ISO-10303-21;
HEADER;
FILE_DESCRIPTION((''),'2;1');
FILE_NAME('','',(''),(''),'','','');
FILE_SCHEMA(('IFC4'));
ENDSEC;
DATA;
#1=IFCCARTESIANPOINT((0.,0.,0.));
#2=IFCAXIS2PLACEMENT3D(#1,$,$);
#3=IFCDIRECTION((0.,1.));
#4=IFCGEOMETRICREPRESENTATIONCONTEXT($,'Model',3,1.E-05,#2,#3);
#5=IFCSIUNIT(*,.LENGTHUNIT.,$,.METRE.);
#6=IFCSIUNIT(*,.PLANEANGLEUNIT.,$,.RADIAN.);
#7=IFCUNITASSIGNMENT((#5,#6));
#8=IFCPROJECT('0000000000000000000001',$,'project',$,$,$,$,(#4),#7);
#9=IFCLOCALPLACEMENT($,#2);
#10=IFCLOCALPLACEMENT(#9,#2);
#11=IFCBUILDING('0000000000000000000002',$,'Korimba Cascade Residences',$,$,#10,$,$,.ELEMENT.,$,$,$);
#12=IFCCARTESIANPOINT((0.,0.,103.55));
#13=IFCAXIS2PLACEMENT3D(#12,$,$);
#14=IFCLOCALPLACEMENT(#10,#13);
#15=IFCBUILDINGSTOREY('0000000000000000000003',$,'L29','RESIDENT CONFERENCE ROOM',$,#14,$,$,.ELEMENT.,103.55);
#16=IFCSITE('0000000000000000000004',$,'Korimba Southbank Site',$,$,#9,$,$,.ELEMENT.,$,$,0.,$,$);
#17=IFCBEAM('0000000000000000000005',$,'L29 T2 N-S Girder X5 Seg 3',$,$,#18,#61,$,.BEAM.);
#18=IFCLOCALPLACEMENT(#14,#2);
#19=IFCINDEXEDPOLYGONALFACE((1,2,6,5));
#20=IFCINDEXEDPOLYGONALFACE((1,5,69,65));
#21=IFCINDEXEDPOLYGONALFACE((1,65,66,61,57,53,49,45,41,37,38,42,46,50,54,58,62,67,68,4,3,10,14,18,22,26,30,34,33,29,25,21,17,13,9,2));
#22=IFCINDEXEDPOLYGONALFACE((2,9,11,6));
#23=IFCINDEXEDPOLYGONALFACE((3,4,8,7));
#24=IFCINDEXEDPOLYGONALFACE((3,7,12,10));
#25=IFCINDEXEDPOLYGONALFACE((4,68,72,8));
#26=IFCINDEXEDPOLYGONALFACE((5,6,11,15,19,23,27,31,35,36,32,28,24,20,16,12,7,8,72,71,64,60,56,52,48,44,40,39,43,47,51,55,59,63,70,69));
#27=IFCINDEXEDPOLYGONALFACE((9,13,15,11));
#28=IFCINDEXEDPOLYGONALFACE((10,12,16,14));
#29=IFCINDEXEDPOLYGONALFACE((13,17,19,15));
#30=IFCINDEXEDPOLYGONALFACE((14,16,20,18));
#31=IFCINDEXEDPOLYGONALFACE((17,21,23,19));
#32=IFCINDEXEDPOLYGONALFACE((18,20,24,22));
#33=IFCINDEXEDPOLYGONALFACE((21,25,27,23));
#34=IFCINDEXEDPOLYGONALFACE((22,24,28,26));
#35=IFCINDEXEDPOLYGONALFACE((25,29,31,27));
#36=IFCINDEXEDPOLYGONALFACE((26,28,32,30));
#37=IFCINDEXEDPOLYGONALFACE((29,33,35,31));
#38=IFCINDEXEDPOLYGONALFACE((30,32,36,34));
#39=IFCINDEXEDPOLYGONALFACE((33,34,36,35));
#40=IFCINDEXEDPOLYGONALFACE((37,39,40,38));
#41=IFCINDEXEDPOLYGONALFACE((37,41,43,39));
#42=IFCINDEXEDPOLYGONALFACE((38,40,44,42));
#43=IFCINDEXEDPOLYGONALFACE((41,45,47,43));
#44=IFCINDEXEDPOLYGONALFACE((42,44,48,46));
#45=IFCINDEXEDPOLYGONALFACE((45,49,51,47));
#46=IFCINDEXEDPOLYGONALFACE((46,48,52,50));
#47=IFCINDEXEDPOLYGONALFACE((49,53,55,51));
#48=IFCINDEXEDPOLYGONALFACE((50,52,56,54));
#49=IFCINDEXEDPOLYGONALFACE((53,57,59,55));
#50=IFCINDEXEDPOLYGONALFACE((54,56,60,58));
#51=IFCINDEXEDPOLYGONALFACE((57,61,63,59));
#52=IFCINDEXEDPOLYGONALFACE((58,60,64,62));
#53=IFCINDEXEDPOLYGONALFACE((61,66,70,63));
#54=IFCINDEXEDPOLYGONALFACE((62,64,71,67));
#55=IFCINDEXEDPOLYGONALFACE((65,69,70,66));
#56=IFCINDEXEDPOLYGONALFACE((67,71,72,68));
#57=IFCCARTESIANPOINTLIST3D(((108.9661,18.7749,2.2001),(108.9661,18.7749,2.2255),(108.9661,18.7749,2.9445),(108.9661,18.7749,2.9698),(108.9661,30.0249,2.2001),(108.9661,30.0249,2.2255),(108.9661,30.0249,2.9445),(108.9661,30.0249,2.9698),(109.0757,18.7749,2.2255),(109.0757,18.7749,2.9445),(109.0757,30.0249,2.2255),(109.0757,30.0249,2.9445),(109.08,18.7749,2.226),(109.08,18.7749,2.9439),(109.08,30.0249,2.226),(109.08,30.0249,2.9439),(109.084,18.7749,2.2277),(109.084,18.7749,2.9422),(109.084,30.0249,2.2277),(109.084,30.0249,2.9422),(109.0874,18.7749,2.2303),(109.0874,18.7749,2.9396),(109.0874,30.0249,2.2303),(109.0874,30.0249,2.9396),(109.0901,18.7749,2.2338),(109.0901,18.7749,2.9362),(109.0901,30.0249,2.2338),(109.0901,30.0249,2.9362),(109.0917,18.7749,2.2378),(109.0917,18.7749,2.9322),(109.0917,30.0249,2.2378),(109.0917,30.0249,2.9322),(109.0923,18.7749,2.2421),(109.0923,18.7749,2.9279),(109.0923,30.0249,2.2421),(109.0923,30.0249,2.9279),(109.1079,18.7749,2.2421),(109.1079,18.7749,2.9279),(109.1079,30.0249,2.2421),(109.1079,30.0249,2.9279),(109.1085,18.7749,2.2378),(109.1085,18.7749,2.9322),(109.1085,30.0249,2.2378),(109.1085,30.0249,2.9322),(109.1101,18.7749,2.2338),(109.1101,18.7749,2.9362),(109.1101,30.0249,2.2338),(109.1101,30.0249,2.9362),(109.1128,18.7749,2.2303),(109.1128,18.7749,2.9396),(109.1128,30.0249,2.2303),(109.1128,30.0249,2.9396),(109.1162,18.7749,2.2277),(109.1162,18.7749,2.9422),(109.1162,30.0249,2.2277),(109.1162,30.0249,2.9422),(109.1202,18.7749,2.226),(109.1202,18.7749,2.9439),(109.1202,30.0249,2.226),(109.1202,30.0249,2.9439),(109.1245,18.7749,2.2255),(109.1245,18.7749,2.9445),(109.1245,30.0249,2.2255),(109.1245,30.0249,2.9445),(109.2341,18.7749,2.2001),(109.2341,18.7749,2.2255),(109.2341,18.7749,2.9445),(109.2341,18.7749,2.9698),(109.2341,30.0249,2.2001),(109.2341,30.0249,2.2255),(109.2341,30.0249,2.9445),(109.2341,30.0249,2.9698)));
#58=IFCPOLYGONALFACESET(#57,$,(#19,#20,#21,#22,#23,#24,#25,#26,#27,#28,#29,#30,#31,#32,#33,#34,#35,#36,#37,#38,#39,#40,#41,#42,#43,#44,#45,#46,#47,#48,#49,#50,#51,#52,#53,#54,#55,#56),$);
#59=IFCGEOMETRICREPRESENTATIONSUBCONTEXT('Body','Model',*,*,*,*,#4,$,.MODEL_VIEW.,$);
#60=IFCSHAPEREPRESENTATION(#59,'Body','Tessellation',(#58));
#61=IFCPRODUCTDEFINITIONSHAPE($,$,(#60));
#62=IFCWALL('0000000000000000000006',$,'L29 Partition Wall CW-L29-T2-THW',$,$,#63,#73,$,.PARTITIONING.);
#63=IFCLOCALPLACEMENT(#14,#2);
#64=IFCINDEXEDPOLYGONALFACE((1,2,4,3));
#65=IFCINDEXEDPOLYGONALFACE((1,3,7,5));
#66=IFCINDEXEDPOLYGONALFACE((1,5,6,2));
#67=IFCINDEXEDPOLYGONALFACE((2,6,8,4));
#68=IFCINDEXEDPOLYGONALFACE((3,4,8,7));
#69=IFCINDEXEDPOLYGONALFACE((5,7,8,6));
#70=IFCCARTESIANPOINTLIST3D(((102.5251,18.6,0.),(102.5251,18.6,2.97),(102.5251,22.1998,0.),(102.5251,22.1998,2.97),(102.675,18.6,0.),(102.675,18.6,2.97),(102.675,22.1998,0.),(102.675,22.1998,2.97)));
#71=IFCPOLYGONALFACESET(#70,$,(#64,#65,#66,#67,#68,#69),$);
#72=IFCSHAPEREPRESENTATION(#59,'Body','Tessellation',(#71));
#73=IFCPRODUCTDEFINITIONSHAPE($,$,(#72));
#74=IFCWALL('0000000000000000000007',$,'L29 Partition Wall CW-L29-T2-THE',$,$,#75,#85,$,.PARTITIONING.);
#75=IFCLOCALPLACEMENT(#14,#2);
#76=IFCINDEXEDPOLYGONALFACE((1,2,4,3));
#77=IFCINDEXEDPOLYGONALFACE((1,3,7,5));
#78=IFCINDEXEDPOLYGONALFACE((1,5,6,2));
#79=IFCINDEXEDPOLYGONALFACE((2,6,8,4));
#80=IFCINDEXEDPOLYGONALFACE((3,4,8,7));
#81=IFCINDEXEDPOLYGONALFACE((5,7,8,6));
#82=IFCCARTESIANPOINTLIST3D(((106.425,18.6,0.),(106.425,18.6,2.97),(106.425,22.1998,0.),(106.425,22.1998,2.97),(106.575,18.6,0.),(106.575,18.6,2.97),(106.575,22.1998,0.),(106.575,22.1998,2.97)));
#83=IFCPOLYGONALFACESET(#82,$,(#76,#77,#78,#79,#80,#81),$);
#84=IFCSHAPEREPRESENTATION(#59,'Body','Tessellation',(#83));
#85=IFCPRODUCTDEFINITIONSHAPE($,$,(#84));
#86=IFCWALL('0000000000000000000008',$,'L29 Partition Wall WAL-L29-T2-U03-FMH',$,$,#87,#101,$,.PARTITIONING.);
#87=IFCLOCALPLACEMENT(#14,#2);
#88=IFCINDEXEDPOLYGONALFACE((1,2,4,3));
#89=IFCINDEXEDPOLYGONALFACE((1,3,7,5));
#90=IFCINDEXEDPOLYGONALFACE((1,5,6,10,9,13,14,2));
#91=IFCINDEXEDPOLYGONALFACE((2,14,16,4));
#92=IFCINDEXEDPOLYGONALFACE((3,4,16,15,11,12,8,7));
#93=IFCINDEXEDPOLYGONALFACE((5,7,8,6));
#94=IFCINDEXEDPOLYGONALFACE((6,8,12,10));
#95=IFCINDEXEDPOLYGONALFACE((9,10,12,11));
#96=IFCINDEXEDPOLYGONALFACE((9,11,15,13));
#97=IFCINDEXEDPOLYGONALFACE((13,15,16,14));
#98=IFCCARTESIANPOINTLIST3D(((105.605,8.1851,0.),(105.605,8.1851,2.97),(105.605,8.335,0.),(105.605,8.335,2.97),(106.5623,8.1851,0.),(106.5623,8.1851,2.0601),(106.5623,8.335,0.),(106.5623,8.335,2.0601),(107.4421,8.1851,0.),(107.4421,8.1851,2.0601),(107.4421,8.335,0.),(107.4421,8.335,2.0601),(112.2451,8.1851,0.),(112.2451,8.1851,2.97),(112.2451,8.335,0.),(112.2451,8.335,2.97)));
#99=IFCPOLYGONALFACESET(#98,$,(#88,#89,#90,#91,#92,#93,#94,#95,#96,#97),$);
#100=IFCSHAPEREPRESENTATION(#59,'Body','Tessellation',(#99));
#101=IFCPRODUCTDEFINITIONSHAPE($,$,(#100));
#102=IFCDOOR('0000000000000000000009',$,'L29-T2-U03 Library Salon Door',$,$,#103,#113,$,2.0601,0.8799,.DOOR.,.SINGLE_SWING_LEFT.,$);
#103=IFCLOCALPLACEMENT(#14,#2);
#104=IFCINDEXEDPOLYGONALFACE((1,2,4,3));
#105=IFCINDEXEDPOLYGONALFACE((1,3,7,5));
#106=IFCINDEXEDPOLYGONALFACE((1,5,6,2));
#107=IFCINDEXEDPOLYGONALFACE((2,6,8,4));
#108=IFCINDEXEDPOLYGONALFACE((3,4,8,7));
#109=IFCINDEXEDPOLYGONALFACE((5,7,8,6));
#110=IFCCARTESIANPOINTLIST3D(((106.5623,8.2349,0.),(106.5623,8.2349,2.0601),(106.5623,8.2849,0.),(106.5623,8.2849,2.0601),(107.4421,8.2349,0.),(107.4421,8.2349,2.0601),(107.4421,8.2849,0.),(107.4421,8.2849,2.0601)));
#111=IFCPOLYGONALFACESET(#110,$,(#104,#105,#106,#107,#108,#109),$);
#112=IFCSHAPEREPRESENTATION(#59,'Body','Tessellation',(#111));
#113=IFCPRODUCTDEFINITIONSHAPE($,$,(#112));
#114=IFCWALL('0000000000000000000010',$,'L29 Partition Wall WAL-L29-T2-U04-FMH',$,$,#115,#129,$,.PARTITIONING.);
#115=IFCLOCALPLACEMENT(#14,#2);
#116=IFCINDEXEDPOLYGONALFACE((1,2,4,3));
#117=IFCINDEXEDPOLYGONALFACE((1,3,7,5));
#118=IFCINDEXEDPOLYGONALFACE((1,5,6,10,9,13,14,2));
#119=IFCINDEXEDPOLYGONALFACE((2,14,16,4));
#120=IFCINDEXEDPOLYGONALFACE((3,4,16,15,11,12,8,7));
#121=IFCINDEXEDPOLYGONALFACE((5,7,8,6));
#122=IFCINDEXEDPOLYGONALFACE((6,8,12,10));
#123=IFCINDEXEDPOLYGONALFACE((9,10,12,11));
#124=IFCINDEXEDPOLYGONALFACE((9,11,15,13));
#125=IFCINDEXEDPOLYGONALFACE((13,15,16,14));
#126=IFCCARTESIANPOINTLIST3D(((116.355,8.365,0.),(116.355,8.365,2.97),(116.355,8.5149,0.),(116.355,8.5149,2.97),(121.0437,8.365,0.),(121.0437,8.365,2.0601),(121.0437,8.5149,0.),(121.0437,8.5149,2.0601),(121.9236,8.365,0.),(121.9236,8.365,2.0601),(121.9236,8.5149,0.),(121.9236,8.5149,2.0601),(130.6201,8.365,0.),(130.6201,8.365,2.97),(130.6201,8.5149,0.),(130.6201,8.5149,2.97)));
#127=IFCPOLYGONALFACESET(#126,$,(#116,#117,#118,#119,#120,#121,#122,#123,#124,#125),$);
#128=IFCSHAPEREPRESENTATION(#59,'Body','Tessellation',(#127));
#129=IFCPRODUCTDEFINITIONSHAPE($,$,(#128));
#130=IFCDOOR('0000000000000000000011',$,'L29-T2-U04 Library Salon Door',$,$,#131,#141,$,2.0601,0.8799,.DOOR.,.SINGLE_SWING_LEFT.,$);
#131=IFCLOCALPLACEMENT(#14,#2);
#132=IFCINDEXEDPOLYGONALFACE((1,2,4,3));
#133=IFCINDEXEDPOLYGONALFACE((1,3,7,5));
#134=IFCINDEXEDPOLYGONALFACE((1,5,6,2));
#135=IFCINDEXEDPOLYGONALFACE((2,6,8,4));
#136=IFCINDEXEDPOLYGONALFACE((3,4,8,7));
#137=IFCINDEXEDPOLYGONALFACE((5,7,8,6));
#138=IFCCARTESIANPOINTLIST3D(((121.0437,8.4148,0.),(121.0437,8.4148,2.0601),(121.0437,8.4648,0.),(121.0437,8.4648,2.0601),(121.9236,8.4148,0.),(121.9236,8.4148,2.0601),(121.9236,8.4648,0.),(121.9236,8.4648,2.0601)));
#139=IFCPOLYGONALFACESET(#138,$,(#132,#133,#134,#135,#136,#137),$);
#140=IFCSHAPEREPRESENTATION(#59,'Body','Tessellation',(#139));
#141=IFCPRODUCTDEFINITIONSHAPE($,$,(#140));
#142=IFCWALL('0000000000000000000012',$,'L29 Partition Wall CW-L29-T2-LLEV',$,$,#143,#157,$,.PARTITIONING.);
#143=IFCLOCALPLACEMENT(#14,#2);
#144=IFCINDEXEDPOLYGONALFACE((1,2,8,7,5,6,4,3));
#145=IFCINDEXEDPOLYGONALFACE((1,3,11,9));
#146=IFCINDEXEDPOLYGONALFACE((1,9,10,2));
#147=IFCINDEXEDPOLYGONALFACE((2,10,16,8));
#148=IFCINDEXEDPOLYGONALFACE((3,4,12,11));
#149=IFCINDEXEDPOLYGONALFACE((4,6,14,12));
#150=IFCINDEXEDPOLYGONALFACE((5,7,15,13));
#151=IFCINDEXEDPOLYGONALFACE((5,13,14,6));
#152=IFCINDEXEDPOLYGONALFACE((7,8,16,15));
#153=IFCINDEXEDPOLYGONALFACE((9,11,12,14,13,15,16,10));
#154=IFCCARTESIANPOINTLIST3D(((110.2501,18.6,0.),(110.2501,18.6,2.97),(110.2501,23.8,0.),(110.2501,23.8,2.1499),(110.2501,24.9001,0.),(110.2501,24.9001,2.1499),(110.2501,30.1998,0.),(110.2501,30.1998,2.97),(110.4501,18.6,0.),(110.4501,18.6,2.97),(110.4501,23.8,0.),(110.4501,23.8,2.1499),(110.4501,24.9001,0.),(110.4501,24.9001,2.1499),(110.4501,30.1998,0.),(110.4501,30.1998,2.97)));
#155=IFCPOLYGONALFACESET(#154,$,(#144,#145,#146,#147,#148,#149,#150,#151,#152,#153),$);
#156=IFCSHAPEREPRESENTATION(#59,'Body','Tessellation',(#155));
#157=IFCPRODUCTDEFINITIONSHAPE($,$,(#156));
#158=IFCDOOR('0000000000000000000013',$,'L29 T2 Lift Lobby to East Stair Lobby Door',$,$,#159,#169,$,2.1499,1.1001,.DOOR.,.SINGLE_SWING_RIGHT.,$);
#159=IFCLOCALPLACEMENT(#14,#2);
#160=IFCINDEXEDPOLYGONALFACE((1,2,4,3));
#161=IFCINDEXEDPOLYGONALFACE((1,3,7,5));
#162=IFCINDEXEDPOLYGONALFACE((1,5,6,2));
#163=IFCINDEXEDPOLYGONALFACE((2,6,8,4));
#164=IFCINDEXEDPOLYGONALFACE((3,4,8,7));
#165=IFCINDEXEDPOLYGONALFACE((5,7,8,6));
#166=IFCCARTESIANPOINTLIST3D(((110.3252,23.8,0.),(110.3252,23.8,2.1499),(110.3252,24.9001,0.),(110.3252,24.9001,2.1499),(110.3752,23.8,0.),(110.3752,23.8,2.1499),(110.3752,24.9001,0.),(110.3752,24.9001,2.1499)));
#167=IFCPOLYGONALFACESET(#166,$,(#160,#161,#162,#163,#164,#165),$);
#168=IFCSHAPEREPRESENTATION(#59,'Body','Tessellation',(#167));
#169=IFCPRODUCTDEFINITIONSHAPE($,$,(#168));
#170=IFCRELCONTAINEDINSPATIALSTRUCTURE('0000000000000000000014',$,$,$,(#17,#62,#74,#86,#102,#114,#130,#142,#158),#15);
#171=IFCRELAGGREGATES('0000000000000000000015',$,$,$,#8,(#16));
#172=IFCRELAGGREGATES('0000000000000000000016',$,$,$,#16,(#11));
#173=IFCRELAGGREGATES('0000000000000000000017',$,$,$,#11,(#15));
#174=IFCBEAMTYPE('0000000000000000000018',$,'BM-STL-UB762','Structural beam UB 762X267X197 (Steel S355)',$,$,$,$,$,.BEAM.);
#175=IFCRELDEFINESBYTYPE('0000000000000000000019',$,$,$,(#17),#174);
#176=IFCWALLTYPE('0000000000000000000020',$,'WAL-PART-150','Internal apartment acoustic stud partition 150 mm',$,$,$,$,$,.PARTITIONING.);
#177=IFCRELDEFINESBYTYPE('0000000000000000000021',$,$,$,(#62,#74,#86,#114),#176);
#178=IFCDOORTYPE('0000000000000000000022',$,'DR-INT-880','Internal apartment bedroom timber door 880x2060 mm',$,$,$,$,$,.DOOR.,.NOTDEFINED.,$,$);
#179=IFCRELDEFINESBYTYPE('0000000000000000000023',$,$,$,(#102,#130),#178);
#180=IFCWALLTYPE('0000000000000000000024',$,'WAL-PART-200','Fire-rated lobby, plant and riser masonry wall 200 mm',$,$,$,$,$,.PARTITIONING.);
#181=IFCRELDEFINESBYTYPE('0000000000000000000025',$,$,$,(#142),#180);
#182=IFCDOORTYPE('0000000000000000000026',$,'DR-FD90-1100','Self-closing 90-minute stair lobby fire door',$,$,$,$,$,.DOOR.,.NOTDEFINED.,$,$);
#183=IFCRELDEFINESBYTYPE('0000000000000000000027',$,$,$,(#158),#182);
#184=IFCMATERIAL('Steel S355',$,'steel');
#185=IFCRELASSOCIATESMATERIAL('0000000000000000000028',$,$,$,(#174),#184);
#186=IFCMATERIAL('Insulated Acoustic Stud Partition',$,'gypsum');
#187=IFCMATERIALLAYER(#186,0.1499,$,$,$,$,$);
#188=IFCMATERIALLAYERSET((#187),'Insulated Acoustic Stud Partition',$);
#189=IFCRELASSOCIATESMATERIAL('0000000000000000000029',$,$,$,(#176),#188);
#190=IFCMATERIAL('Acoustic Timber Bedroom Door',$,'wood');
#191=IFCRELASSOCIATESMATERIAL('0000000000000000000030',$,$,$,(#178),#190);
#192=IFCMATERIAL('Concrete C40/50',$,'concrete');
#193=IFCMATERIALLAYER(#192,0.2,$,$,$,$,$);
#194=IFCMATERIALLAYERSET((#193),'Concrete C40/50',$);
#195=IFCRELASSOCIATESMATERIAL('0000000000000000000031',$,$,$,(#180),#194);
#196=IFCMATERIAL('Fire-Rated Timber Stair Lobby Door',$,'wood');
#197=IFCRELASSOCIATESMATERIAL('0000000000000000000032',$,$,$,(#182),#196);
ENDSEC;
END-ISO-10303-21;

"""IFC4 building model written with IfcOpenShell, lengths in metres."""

from ifc_helpers import new_model, si_unit, direction, frame, frame_2d, origin, origin_2d, place, context, subcontext, project, spatial, rectangle, i_section, extrude, material, layer, layer_set, material_profile, profile_set, type_object, element, fill, save


model = new_model("IFC4")

# Units and contexts
model_context = context("Model", 3, precision=1e-05, world=origin(), true_north=direction((0.0, 1.0)))
body_context = subcontext(model_context, "Body", "Model", "MODEL_VIEW")
ifc_project = project(units=[si_unit("LENGTHUNIT", "METRE"), si_unit("PLANEANGLEUNIT", "RADIAN")], contexts=[model_context])

# Site, building, storey
site_placement = place(None, origin())
site = spatial("IfcSite", under=ifc_project, at=site_placement, Name="Korimba Southbank Site", CompositionType="ELEMENT", RefElevation=0.0)
building_placement = place(site_placement, origin())
building = spatial("IfcBuilding", under=site, at=building_placement, Name="Korimba Cascade Residences", CompositionType="ELEMENT")
storey_placement = place(building_placement, frame((0.0, 0.0, 103.55)))
storey = spatial("IfcBuildingStorey", under=building, at=storey_placement, Name="L29", Description="RESIDENT CONFERENCE ROOM", CompositionType="ELEMENT", Elevation=103.55)

# Beam
ifc_material_1 = material(Name="Steel S355", Category="steel")
ifc_material_profile_1 = material_profile(ifc_material_1, i_section(OverallWidth=0.2681, OverallDepth=0.7698, WebThickness=0.0156, FlangeThickness=0.0254, FilletRadius=0.0166, at=origin_2d()), Name="Steel S355")
ifc_profile_set_1 = profile_set([ifc_material_profile_1], Name="Steel S355")
beam_type = type_object("IfcBeamType", Name="BM-STL-UB762", Description="Structural beam UB 762X267X197 (Steel S355)", PredefinedType="BEAM", material=ifc_profile_set_1)
beam_1_placement = place(storey_placement, frame((109.1001, 18.7749, 2.585), z_axis=(0.0, 1.0, 0.0), x_axis=(-1.0, 0.0, 0.0)))
element("IfcBeam", 1, at=beam_1_placement, inside=storey, type_object=beam_type, Name="L29 T2 N-S Girder X5 Seg 3", PredefinedType="BEAM", context=body_context, shape_type="SweptSolid", body=[
    extrude(i_section(OverallWidth=0.2681, OverallDepth=0.7698, WebThickness=0.0156, FlangeThickness=0.0254, FilletRadius=0.0166, at=origin_2d()), origin(), (0.0, 0.0, 1.0), 11.25),
])

# Walls
ifc_material_2 = material(Name="Insulated Acoustic Stud Partition", Category="gypsum")
ifc_layer_1 = layer(ifc_material_2, 0.1499)
ifc_layer_set_1 = layer_set([ifc_layer_1], Name="Insulated Acoustic Stud Partition")
wall_type_1 = type_object("IfcWallType", Name="WAL-PART-150", Description="Internal apartment acoustic stud partition 150 mm", PredefinedType="PARTITIONING", material=ifc_layer_set_1)
for number, where, z_axis, x_axis, name in (
    (2, (102.6001, 18.6001, 0.0), (0.0, 0.0, 1.0), (0.0, 1.0, 0.0), "L29 Partition Wall CW-L29-T2-THW"),
    (3, (106.5, 18.6001, 0.0), (0.0, 0.0, 1.0), (0.0, 1.0, 0.0), "L29 Partition Wall CW-L29-T2-THE"),
):
    element("IfcWall", number, at=place(storey_placement, frame(where, z_axis=z_axis, x_axis=x_axis)), inside=storey, type_object=wall_type_1, Name=name, PredefinedType="PARTITIONING", context=body_context, shape_type="SweptSolid", body=[
        extrude(rectangle(XDim=3.5999, YDim=0.1499, at=frame_2d((1.7998, 0.0))), origin(), (0.0, 0.0, 1.0), 2.97),
    ])

# Walls, openings, doors
wall_1_placement = place(storey_placement, frame((105.605, 8.26, 0.0), z_axis=(0.0, 0.0, 1.0), x_axis=(1.0, 0.0, 0.0)))
wall_1 = element("IfcWall", 4, at=wall_1_placement, inside=storey, type_object=wall_type_1, Name="L29 Partition Wall WAL-L29-T2-U03-FMH", PredefinedType="PARTITIONING", context=body_context, shape_type="SweptSolid", body=[
    extrude(rectangle(XDim=6.6401, YDim=0.1499, at=frame_2d((3.3201, 0.0))), origin(), (0.0, 0.0, 1.0), 2.97),
])
opening_1_placement = place(wall_1_placement, frame((0.9573, 0.0, 0.0)))
opening_1 = element("IfcOpeningElement", 5, at=opening_1_placement, cuts=wall_1, PredefinedType="OPENING", context=body_context, shape_type="SweptSolid", body=[
    extrude(rectangle(XDim=0.8799, YDim=2.0601, at=frame_2d((0.4399, 1.03))), frame((0.0, 0.085, 0.0), z_axis=(0.0, -1.0, 0.0), x_axis=(1.0, 0.0, 0.0)), (0.0, 0.0, 1.0), 0.1699),
])
ifc_material_3 = material(Name="Acoustic Timber Bedroom Door", Category="wood")
door_type_1 = type_object("IfcDoorType", Name="DR-INT-880", Description="Internal apartment bedroom timber door 880x2060 mm", OperationType="NOTDEFINED", PredefinedType="DOOR", material=ifc_material_3)
door_1_placement = place(opening_1_placement, origin())
door_1 = element("IfcDoor", 6, at=door_1_placement, inside=storey, type_object=door_type_1, Name="L29-T2-U03 Library Salon Door", OperationType="SINGLE_SWING_LEFT", OverallHeight=2.0601, OverallWidth=0.8799, PredefinedType="DOOR", context=body_context, shape_type="SweptSolid", body=[
    extrude(rectangle(XDim=0.8799, YDim=2.0601, at=frame_2d((0.4399, 1.03))), frame((0.0, 0.0249, 0.0), z_axis=(0.0, -1.0, 0.0), x_axis=(1.0, 0.0, 0.0)), (0.0, 0.0, 1.0), 0.05),
])
fill(opening_1, door_1)
wall_2_placement = place(storey_placement, frame((116.355, 8.4399, 0.0), z_axis=(0.0, 0.0, 1.0), x_axis=(1.0, 0.0, 0.0)))
wall_2 = element("IfcWall", 7, at=wall_2_placement, inside=storey, type_object=wall_type_1, Name="L29 Partition Wall WAL-L29-T2-U04-FMH", PredefinedType="PARTITIONING", context=body_context, shape_type="SweptSolid", body=[
    extrude(rectangle(XDim=14.2651, YDim=0.1499, at=frame_2d((7.1326, 0.0))), origin(), (0.0, 0.0, 1.0), 2.97),
])
opening_2_placement = place(wall_2_placement, frame((4.6887, 0.0, 0.0)))
opening_2 = element("IfcOpeningElement", 8, at=opening_2_placement, cuts=wall_2, PredefinedType="OPENING", context=body_context, shape_type="SweptSolid", body=[
    extrude(rectangle(XDim=0.8799, YDim=2.0601, at=frame_2d((0.4399, 1.03))), frame((0.0, 0.085, 0.0), z_axis=(0.0, -1.0, 0.0), x_axis=(1.0, 0.0, 0.0)), (0.0, 0.0, 1.0), 0.1699),
])
door_2_placement = place(opening_2_placement, origin())
door_2 = element("IfcDoor", 9, at=door_2_placement, inside=storey, type_object=door_type_1, Name="L29-T2-U04 Library Salon Door", OperationType="SINGLE_SWING_LEFT", OverallHeight=2.0601, OverallWidth=0.8799, PredefinedType="DOOR", context=body_context, shape_type="SweptSolid", body=[
    extrude(rectangle(XDim=0.8799, YDim=2.0601, at=frame_2d((0.4399, 1.03))), frame((0.0, 0.0249, 0.0), z_axis=(0.0, -1.0, 0.0), x_axis=(1.0, 0.0, 0.0)), (0.0, 0.0, 1.0), 0.05),
])
fill(opening_2, door_2)
ifc_material_4 = material(Name="Concrete C40/50", Category="concrete")
ifc_layer_2 = layer(ifc_material_4, 0.2)
ifc_layer_set_2 = layer_set([ifc_layer_2], Name="Concrete C40/50")
wall_type_2 = type_object("IfcWallType", Name="WAL-PART-200", Description="Fire-rated lobby, plant and riser masonry wall 200 mm", PredefinedType="PARTITIONING", material=ifc_layer_set_2)
wall_3_placement = place(storey_placement, frame((110.3501, 18.6001, 0.0), z_axis=(0.0, 0.0, 1.0), x_axis=(0.0, 1.0, 0.0)))
wall_3 = element("IfcWall", 10, at=wall_3_placement, inside=storey, type_object=wall_type_2, Name="L29 Partition Wall CW-L29-T2-LLEV", PredefinedType="PARTITIONING", context=body_context, shape_type="SweptSolid", body=[
    extrude(rectangle(XDim=11.5999, YDim=0.2, at=frame_2d((5.7998, 0.0))), origin(), (0.0, 0.0, 1.0), 2.97),
])
opening_3_placement = place(wall_3_placement, frame((5.2, 0.0, 0.0)))
opening_3 = element("IfcOpeningElement", 11, at=opening_3_placement, cuts=wall_3, PredefinedType="OPENING", context=body_context, shape_type="SweptSolid", body=[
    extrude(rectangle(XDim=1.1001, YDim=2.1499, at=frame_2d((0.55, 1.075))), frame((0.0, 0.1099, 0.0), z_axis=(0.0, -1.0, 0.0), x_axis=(1.0, 0.0, 0.0)), (0.0, 0.0, 1.0), 0.22),
])
ifc_material_5 = material(Name="Fire-Rated Timber Stair Lobby Door", Category="wood")
door_type_2 = type_object("IfcDoorType", Name="DR-FD90-1100", Description="Self-closing 90-minute stair lobby fire door", OperationType="NOTDEFINED", PredefinedType="DOOR", material=ifc_material_5)
door_3_placement = place(opening_3_placement, origin())
door_3 = element("IfcDoor", 12, at=door_3_placement, inside=storey, type_object=door_type_2, Name="L29 T2 Lift Lobby to East Stair Lobby Door", OperationType="SINGLE_SWING_RIGHT", OverallHeight=2.1499, OverallWidth=1.1001, PredefinedType="DOOR", context=body_context, shape_type="SweptSolid", body=[
    extrude(rectangle(XDim=1.1001, YDim=2.1499, at=frame_2d((0.55, 1.075))), frame((0.0, 0.0249, 0.0), z_axis=(0.0, -1.0, 0.0), x_axis=(1.0, 0.0, 0.0)), (0.0, 0.0, 1.0), 0.05),
])
fill(opening_3, door_3)

save(model, "model.ifc")
